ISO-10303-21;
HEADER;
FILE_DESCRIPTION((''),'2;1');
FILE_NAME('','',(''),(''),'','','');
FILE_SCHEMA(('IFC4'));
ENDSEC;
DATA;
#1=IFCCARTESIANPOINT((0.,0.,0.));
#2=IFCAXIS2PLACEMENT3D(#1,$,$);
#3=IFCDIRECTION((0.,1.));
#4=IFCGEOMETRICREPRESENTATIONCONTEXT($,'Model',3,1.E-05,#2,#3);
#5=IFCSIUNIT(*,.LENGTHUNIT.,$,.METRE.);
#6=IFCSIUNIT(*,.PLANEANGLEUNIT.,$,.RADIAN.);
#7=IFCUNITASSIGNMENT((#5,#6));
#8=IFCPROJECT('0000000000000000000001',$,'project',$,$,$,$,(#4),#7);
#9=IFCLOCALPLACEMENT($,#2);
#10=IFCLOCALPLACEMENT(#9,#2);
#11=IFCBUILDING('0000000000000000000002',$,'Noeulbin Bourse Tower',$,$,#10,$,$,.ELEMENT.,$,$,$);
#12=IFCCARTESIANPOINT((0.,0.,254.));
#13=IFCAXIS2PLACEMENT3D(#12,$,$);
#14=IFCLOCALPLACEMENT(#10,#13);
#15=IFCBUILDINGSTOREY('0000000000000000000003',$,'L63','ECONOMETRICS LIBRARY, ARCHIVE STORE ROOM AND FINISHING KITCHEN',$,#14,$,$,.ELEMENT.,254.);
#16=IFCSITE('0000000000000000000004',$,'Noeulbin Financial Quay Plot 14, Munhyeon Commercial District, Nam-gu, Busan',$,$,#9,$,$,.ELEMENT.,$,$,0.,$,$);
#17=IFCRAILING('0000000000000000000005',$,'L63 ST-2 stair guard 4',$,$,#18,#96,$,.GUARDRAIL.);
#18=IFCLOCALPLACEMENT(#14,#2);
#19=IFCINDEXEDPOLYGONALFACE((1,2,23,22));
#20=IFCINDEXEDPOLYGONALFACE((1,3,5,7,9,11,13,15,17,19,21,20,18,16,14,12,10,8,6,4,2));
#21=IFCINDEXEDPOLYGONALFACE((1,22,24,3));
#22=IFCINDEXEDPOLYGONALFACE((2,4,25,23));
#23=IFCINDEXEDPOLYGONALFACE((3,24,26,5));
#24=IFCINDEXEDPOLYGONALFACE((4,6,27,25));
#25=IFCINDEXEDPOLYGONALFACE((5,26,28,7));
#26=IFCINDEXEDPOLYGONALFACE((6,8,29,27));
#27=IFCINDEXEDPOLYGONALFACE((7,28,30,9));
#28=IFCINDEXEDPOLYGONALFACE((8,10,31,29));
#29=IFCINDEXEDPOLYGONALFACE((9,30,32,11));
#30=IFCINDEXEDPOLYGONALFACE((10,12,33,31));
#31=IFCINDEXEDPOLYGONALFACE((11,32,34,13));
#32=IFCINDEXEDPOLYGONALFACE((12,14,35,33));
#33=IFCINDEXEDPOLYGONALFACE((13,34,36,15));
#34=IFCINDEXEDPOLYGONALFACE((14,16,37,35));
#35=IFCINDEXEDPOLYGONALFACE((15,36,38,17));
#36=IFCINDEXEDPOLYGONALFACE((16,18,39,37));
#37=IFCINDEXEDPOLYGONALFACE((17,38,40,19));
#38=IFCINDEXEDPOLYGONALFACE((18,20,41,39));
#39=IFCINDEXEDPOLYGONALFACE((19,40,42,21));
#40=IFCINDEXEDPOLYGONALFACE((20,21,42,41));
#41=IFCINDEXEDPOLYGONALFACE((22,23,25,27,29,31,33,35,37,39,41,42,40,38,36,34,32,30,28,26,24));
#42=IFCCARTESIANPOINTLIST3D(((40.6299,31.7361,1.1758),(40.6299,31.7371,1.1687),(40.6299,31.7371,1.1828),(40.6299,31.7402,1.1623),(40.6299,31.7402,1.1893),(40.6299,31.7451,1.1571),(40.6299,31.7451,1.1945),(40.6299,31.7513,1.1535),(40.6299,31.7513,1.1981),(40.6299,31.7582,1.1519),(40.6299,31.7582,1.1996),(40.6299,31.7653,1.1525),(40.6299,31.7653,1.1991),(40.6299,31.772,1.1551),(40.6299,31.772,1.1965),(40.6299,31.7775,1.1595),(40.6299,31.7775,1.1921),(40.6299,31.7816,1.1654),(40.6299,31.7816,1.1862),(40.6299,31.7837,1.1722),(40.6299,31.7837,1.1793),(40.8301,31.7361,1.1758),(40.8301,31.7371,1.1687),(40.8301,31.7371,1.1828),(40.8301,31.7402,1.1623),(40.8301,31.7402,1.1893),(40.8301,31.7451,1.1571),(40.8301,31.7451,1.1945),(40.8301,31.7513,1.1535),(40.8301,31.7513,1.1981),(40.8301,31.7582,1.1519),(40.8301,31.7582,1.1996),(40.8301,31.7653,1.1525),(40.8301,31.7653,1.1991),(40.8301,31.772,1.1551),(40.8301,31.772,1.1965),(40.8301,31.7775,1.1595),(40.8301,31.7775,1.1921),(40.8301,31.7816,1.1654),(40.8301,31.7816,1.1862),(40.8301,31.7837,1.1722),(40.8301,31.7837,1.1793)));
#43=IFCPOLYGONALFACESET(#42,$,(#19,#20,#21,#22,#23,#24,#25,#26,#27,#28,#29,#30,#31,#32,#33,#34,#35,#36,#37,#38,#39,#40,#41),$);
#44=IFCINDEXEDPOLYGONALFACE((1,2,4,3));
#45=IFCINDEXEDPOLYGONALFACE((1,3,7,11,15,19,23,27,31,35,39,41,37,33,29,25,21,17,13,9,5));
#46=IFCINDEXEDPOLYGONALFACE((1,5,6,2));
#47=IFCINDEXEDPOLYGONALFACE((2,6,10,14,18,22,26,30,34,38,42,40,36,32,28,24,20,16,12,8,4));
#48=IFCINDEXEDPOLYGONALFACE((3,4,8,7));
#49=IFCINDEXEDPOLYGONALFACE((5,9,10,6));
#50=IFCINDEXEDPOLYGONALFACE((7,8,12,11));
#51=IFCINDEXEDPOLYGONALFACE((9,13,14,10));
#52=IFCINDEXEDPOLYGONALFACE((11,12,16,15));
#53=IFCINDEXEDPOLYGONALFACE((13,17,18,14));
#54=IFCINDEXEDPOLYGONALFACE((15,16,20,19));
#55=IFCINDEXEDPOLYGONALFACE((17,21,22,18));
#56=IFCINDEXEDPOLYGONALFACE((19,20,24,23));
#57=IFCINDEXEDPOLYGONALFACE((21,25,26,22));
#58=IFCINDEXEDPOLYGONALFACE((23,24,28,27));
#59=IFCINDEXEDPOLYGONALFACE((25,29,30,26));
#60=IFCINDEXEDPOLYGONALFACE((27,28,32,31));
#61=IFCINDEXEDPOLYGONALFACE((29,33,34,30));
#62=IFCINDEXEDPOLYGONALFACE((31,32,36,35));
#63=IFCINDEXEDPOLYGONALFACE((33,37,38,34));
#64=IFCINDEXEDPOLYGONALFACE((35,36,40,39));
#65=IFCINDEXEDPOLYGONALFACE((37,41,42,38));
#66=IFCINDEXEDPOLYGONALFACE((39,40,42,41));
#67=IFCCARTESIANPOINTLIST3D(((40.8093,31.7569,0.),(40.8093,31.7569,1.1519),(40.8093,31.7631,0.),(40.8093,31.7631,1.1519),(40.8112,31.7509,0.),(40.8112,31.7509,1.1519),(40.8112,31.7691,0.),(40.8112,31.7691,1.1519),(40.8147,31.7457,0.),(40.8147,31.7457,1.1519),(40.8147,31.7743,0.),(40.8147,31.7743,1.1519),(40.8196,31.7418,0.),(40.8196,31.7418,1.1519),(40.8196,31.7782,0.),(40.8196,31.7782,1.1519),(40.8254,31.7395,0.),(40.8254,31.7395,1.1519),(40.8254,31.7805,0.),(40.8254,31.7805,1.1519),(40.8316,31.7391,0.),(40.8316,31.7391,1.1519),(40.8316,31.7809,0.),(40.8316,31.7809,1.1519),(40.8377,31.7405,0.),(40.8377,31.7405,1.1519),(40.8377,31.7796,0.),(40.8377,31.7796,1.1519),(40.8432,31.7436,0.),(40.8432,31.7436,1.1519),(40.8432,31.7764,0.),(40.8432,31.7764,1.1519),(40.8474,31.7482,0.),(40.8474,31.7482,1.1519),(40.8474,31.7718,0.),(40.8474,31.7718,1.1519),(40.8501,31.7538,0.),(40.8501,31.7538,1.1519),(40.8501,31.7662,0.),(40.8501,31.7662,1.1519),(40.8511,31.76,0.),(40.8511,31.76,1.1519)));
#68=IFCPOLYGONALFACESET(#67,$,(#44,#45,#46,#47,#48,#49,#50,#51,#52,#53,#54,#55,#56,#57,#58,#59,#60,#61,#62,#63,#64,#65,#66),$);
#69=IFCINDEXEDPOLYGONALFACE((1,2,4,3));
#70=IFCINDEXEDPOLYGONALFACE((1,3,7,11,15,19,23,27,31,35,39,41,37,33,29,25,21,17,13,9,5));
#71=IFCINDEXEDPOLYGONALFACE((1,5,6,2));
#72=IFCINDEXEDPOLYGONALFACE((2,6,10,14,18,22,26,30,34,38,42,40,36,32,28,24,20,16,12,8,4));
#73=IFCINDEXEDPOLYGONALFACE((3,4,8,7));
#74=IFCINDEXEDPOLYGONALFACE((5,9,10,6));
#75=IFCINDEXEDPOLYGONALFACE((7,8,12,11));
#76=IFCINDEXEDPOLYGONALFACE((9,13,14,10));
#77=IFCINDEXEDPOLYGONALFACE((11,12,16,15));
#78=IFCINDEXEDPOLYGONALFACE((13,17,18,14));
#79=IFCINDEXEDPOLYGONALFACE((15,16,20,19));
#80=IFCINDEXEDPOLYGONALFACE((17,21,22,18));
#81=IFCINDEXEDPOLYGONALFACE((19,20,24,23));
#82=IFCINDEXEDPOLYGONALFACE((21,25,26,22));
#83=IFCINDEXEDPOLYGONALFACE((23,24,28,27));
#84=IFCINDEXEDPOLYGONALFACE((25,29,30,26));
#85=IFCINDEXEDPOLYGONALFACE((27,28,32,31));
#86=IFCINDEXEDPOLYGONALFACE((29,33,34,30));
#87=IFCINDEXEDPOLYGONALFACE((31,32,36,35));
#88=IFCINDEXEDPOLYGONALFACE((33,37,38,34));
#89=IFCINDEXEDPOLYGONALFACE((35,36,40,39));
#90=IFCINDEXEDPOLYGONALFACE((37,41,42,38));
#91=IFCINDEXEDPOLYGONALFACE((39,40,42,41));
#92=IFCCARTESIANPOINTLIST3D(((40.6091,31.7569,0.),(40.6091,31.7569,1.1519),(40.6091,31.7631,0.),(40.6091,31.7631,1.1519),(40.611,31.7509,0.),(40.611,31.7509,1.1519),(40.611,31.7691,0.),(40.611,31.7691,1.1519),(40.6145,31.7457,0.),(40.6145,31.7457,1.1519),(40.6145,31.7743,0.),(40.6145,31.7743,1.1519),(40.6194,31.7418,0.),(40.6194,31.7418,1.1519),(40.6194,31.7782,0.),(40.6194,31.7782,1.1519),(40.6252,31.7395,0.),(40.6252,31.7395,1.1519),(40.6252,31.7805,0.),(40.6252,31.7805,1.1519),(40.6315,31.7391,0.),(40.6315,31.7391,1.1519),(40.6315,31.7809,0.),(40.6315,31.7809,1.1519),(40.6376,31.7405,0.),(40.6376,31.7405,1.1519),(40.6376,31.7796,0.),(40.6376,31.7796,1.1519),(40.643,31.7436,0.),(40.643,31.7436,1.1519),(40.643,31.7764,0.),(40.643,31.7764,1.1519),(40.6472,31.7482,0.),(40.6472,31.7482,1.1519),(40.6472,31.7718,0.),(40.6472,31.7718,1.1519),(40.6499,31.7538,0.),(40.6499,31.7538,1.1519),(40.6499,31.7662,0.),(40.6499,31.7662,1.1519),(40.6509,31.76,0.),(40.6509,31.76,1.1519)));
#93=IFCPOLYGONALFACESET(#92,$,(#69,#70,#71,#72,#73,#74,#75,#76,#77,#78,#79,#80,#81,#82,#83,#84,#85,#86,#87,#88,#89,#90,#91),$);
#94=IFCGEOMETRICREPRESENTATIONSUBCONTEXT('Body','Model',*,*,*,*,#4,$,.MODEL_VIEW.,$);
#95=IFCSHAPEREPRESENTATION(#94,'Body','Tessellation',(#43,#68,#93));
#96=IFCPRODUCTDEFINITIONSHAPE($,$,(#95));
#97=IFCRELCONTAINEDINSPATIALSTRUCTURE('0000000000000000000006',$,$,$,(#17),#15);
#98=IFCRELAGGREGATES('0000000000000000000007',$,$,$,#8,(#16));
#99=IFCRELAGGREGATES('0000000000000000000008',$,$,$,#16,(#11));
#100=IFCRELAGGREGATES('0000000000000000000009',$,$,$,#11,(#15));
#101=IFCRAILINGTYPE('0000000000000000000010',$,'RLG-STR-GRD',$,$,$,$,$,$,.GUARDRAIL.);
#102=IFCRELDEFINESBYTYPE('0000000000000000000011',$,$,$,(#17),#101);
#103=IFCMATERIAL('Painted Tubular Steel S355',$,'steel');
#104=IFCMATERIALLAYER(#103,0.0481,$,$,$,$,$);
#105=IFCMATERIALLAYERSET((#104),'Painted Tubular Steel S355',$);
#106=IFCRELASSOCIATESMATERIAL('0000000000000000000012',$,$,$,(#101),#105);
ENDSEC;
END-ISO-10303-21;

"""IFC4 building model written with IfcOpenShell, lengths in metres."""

from ifc_helpers import new_model, si_unit, direction, frame, origin, origin_2d, place, context, subcontext, project, spatial, circle, extrude, material, layer, layer_set, type_object, element, save


model = new_model("IFC4")

# Units and contexts
model_context = context("Model", 3, precision=1e-05, world=origin(), true_north=direction((0.0, 1.0)))
body_context = subcontext(model_context, "Body", "Model", "MODEL_VIEW")
ifc_project = project(units=[si_unit("LENGTHUNIT", "METRE"), si_unit("PLANEANGLEUNIT", "RADIAN")], contexts=[model_context])

# Site, building, storey
site_placement = place(None, origin())
site = spatial("IfcSite", under=ifc_project, at=site_placement, Name="Noeulbin Financial Quay Plot 14, Munhyeon Commercial District, Nam-gu, Busan", CompositionType="ELEMENT", RefElevation=0.0)
building_placement = place(site_placement, origin())
building = spatial("IfcBuilding", under=site, at=building_placement, Name="Noeulbin Bourse Tower", CompositionType="ELEMENT")
storey_placement = place(building_placement, frame((0.0, 0.0, 254.0)))
storey = spatial("IfcBuildingStorey", under=building, at=storey_placement, Name="L63", Description="ECONOMETRICS LIBRARY, ARCHIVE STORE ROOM AND FINISHING KITCHEN", CompositionType="ELEMENT", Elevation=254.0)

# Railing
ifc_material_1 = material(Name="Painted Tubular Steel S355", Category="steel")
ifc_layer_1 = layer(ifc_material_1, 0.0481)
ifc_layer_set_1 = layer_set([ifc_layer_1], Name="Painted Tubular Steel S355")
railing_type_1 = type_object("IfcRailingType", Name="RLG-STR-GRD", PredefinedType="GUARDRAIL", material=ifc_layer_set_1)
railing_1_placement = place(storey_placement, frame((40.8301, 31.76, 0.0)))
element("IfcRailing", 1, at=railing_1_placement, inside=storey, type_object=railing_type_1, Name="L63 ST-2 stair guard 4", PredefinedType="GUARDRAIL", context=body_context, shape_type="SweptSolid", body=[
    extrude(circle(Radius=0.0239, at=origin_2d()), frame((0.0, 0.0, 1.1758), z_axis=(-1.0, 0.0, 0.0), x_axis=(0.0, -1.0, 0.0)), (0.0, 0.0, 1.0), 0.2002),
    extrude(circle(Radius=0.021, at=origin_2d()), origin(), (0.0, 0.0, 1.0), 1.1519),
    extrude(circle(Radius=0.021, at=origin_2d()), frame((-0.2002, 0.0, 0.0)), (0.0, 0.0, 1.0), 1.1519),
])

save(model, "model.ifc")
